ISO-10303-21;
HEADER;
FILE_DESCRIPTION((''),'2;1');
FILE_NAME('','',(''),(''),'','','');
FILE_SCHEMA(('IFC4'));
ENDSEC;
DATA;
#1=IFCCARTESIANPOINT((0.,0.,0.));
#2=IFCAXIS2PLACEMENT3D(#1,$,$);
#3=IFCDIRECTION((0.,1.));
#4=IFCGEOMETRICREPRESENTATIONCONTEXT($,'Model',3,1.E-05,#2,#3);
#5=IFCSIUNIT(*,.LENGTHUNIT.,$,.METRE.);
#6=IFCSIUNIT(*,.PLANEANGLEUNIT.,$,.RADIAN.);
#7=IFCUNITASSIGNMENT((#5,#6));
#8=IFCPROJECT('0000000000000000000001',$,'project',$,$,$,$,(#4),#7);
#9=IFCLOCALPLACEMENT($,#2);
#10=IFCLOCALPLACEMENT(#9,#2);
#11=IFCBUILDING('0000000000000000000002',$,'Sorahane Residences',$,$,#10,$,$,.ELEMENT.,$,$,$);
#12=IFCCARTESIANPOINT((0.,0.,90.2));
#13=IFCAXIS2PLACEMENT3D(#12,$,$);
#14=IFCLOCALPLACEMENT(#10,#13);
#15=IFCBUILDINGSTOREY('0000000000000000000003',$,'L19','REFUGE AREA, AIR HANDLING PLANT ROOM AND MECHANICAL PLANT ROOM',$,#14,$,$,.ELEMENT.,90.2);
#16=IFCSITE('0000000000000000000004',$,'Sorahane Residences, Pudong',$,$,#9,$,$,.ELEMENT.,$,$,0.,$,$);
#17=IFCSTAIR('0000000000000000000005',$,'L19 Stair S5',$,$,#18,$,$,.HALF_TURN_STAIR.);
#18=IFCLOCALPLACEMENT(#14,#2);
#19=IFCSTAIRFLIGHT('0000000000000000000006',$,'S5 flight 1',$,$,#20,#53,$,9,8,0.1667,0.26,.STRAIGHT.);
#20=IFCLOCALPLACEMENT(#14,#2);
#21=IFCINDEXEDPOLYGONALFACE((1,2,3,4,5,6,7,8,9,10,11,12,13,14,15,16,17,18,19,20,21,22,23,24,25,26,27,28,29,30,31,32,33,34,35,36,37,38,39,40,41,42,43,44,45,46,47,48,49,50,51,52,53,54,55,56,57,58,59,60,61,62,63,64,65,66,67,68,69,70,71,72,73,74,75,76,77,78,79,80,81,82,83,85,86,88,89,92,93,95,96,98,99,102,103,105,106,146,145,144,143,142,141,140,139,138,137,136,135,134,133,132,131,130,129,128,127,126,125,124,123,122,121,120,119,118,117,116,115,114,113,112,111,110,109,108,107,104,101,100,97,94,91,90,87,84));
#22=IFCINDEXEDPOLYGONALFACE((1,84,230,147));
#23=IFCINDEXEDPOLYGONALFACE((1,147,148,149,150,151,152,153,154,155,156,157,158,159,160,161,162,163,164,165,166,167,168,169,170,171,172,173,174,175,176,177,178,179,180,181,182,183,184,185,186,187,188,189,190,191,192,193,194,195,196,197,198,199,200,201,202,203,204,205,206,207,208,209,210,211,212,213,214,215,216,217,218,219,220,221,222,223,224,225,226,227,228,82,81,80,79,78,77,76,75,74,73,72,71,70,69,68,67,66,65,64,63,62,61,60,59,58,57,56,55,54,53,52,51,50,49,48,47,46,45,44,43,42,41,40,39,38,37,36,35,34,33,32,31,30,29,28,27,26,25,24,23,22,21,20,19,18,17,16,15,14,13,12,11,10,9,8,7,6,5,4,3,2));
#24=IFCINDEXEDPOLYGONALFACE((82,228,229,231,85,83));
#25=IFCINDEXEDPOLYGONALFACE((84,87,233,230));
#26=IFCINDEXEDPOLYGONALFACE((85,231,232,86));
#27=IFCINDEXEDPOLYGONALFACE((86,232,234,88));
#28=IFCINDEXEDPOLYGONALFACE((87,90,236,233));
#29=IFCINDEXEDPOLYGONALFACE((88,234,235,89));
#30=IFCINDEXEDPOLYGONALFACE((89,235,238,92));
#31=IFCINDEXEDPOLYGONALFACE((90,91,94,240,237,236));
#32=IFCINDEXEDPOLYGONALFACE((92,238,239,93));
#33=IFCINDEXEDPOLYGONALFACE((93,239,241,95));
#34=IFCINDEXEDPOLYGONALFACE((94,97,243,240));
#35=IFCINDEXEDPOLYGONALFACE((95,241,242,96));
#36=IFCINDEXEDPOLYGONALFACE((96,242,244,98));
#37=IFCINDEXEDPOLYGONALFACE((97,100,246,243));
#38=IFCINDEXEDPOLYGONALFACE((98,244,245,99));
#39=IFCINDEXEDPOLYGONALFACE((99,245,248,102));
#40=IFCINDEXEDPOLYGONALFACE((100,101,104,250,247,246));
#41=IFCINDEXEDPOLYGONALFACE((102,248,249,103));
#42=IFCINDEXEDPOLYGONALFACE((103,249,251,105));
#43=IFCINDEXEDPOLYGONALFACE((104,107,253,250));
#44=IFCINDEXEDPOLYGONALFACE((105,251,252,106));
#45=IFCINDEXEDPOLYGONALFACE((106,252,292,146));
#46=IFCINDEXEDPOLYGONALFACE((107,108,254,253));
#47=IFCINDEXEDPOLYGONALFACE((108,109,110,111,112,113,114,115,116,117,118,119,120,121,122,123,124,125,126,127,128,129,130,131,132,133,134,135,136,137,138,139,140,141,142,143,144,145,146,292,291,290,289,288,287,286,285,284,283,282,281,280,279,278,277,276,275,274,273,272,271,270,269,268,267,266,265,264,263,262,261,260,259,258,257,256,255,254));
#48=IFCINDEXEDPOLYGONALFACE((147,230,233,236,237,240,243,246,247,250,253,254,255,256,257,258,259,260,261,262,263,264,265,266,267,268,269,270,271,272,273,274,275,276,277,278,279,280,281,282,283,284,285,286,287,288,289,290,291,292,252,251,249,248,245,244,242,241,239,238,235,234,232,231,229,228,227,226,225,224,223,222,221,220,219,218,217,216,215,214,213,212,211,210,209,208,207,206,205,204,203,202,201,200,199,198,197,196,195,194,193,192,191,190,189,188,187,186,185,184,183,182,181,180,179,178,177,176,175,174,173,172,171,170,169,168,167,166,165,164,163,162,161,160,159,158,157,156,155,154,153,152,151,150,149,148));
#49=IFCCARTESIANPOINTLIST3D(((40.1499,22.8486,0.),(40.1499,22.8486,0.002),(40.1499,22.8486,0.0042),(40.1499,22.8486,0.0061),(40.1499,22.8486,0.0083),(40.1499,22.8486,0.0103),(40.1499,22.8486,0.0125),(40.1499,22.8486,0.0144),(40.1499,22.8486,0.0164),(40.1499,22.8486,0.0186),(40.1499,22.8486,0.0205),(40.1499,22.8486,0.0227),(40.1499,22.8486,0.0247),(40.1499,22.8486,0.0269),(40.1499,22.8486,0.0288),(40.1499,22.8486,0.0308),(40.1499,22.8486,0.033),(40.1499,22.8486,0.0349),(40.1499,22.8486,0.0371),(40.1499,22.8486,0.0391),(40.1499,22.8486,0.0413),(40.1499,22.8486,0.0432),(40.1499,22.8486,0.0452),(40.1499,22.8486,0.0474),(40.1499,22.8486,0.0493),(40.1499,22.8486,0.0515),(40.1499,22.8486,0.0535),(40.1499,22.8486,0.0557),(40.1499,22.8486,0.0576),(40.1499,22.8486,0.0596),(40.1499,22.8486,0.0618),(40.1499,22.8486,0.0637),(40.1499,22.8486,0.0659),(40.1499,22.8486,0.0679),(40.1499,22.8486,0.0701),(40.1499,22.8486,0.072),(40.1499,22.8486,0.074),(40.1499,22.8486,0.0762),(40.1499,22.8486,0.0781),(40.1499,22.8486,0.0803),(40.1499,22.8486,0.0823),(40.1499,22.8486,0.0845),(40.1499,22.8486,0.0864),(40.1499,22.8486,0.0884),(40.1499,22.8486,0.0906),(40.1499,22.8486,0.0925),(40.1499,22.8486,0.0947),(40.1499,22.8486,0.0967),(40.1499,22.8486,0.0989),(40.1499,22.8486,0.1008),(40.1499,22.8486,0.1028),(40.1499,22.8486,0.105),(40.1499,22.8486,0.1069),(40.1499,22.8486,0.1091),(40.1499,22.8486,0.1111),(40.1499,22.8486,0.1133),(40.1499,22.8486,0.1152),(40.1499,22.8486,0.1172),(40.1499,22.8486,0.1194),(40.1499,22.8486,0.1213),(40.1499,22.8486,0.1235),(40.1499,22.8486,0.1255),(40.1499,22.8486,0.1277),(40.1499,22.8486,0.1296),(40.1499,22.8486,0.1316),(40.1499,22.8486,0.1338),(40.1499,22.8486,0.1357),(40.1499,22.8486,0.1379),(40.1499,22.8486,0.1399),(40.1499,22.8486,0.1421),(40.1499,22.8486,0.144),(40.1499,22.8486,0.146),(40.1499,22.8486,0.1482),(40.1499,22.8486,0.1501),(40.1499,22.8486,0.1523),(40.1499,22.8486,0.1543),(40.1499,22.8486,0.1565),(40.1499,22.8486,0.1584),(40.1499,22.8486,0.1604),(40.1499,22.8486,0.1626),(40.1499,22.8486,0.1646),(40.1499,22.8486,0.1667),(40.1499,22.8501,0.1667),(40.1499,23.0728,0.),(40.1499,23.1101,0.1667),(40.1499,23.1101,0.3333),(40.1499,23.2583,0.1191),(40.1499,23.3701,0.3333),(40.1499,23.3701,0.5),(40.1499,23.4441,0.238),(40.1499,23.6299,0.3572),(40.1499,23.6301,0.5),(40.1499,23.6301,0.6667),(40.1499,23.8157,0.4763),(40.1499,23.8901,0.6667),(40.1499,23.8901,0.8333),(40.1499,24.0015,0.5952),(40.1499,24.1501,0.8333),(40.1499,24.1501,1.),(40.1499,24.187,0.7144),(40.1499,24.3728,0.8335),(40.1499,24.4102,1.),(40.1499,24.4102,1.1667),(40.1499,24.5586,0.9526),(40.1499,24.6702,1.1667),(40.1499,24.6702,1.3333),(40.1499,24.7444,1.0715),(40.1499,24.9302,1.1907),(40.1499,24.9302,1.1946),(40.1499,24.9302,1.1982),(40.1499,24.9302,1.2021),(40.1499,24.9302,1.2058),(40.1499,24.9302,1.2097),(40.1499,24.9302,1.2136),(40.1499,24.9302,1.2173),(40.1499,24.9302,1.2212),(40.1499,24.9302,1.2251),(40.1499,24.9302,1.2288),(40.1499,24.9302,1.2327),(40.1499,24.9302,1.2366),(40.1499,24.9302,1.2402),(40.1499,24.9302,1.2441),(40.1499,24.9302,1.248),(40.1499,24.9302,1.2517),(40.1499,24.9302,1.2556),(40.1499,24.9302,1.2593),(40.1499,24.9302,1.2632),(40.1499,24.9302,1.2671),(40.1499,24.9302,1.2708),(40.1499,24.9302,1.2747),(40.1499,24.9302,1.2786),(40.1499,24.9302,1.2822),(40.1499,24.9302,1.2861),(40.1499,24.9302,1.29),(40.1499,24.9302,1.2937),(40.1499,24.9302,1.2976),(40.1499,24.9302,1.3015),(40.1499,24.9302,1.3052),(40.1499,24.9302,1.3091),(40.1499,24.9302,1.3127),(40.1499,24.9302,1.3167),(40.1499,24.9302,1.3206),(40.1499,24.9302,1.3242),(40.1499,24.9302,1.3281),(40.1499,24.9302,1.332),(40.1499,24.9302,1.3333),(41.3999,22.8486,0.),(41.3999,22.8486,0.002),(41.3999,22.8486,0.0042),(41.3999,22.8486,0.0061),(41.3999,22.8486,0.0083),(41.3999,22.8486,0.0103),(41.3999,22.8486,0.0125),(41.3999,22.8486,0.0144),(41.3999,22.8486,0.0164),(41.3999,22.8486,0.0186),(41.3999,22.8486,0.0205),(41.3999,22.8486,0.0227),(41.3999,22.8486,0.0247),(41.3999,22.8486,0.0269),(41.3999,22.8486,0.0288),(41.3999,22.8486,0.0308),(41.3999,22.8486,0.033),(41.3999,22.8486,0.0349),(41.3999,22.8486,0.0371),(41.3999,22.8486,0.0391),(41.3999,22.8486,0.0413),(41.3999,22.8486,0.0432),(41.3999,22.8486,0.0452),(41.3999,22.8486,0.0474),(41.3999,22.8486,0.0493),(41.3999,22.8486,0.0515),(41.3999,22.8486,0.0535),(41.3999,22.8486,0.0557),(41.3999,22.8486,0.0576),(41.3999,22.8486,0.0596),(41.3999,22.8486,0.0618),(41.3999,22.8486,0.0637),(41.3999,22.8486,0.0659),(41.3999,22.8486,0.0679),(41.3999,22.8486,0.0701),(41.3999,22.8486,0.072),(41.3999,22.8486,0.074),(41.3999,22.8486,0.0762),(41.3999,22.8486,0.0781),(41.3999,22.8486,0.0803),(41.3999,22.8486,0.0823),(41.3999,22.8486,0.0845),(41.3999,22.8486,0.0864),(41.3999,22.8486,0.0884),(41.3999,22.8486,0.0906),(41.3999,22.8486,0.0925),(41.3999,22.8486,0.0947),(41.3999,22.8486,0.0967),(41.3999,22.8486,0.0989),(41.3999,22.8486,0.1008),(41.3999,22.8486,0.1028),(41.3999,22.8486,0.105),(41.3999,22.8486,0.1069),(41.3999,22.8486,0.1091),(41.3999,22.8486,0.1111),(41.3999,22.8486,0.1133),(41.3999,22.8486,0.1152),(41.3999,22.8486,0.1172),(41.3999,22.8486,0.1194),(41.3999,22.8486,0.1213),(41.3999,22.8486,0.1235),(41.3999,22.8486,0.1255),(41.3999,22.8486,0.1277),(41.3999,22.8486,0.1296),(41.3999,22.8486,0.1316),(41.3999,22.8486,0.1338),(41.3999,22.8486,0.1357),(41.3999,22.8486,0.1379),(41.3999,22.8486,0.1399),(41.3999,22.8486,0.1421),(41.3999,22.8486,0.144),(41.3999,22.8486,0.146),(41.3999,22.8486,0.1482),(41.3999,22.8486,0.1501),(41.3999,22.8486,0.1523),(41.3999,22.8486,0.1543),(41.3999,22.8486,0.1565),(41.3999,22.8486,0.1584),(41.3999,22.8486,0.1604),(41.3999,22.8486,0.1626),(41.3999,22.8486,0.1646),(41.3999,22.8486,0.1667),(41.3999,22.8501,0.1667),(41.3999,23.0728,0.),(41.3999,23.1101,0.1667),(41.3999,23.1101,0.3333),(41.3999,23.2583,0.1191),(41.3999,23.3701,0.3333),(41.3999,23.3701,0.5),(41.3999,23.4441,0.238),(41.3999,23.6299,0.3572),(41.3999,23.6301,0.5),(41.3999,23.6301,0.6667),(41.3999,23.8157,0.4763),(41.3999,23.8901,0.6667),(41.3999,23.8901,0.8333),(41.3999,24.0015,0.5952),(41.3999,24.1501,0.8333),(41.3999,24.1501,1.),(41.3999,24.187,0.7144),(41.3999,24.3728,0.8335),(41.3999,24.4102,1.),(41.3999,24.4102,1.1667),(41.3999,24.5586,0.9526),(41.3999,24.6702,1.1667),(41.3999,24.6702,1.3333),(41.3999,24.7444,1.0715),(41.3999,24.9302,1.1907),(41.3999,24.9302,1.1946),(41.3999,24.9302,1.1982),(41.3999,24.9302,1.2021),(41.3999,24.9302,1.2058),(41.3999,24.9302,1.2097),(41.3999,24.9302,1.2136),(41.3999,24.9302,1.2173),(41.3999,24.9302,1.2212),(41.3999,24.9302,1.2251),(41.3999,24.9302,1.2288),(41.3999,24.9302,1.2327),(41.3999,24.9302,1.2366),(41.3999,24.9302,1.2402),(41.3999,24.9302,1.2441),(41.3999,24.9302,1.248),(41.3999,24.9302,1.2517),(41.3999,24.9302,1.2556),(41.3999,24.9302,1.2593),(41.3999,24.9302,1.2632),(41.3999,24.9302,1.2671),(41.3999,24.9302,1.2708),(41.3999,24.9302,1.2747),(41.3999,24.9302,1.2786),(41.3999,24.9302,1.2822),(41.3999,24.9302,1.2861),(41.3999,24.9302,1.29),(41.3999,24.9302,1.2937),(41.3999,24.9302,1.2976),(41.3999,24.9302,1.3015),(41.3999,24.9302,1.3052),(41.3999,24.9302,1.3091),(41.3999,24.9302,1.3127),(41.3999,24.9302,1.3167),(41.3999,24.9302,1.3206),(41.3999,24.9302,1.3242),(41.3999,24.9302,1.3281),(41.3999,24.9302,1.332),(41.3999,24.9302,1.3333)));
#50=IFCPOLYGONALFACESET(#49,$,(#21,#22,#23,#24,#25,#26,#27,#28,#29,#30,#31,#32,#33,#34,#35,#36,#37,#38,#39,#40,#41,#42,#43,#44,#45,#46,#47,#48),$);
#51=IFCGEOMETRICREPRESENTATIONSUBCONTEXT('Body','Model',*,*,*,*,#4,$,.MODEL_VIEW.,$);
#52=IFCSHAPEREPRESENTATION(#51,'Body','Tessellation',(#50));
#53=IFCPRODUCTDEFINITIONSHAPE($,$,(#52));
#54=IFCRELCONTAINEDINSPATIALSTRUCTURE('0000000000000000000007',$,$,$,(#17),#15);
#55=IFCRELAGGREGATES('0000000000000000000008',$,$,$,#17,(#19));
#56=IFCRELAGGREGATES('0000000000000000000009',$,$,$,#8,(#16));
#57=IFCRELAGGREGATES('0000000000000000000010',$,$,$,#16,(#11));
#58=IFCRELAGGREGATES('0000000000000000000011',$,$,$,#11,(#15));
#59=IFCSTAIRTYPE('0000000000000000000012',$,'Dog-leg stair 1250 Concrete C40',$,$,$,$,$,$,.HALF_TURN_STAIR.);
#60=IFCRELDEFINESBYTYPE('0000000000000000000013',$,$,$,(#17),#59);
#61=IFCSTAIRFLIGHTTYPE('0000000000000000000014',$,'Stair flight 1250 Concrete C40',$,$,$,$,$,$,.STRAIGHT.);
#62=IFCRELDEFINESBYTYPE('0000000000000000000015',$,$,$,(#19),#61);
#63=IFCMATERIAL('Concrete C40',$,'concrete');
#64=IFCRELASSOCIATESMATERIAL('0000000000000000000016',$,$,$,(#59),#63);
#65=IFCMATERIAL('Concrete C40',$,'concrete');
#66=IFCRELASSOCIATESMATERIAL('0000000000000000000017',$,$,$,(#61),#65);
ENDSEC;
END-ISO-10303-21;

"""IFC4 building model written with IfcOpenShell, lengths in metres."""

from ifc_helpers import new_model, si_unit, direction, frame, origin, place, context, subcontext, project, spatial, polyline, outline, extrude, material, type_object, element, aggregate, save


model = new_model("IFC4")

# Units and contexts
model_context = context("Model", 3, precision=1e-05, world=origin(), true_north=direction((0.0, 1.0)))
body_context = subcontext(model_context, "Body", "Model", "MODEL_VIEW")
ifc_project = project(units=[si_unit("LENGTHUNIT", "METRE"), si_unit("PLANEANGLEUNIT", "RADIAN")], contexts=[model_context])

# Site, building, storey
site_placement = place(None, origin())
site = spatial("IfcSite", under=ifc_project, at=site_placement, Name="Sorahane Residences, Pudong", CompositionType="ELEMENT", RefElevation=0.0)
building_placement = place(site_placement, origin())
building = spatial("IfcBuilding", under=site, at=building_placement, Name="Sorahane Residences", CompositionType="ELEMENT")
storey_placement = place(building_placement, frame((0.0, 0.0, 90.2)))
storey = spatial("IfcBuildingStorey", under=building, at=storey_placement, Name="L19", Description="REFUGE AREA, AIR HANDLING PLANT ROOM AND MECHANICAL PLANT ROOM", CompositionType="ELEMENT", Elevation=90.2)

# Stair, stair flight
ifc_material_1 = material(Name="Concrete C40", Category="concrete")
stair_type = type_object("IfcStairType", Name="Dog-leg stair 1250 Concrete C40", PredefinedType="HALF_TURN_STAIR", material=ifc_material_1)
stair_placement = place(storey_placement, origin())
stair = element("IfcStair", 1, at=stair_placement, inside=storey, type_object=stair_type, Name="L19 Stair S5", PredefinedType="HALF_TURN_STAIR")
ifc_material_2 = material(Name="Concrete C40", Category="concrete")
stair_flight_type = type_object("IfcStairFlightType", Name="Stair flight 1250 Concrete C40", PredefinedType="STRAIGHT", material=ifc_material_2)
stair_flight_1_placement = place(storey_placement, frame((40.7749, 22.8501, 0.0), z_axis=(0.0, 0.0, 1.0), x_axis=(0.0, 1.0, 0.0)))
stair_flight_1 = element("IfcStairFlight", 2, at=stair_flight_1_placement, type_object=stair_flight_type, Name="S5 flight 1", NumberOfRisers=9, NumberOfTreads=8, PredefinedType="STRAIGHT", RiserHeight=0.1667, TreadLength=0.26, context=body_context, shape_type="SweptSolid", body=[
    extrude(outline(polyline([(-0.0015, 0.0), (-0.0015, 0.002), (-0.0015, 0.0042), (-0.0015, 0.0061), (-0.0015, 0.0083), (-0.0015, 0.0103), (-0.0015, 0.0125), (-0.0015, 0.0144), (-0.0015, 0.0164), (-0.0015, 0.0186), (-0.0015, 0.0205), (-0.0015, 0.0227), (-0.0015, 0.0247), (-0.0015, 0.0269), (-0.0015, 0.0288), (-0.0015, 0.0308), (-0.0015, 0.033), (-0.0015, 0.0349), (-0.0015, 0.0371), (-0.0015, 0.0391), (-0.0015, 0.0413), (-0.0015, 0.0432), (-0.0015, 0.0452), (-0.0015, 0.0474), (-0.0015, 0.0493), (-0.0015, 0.0515), (-0.0015, 0.0535), (-0.0015, 0.0557), (-0.0015, 0.0576), (-0.0015, 0.0596), (-0.0015, 0.0618), (-0.0015, 0.0637), (-0.0015, 0.0659), (-0.0015, 0.0679), (-0.0015, 0.0701), (-0.0015, 0.072), (-0.0015, 0.074), (-0.0015, 0.0762), (-0.0015, 0.0781), (-0.0015, 0.0803), (-0.0015, 0.0823), (-0.0015, 0.0845), (-0.0015, 0.0864), (-0.0015, 0.0884), (-0.0015, 0.0906), (-0.0015, 0.0925), (-0.0015, 0.0947), (-0.0015, 0.0967), (-0.0015, 0.0989), (-0.0015, 0.1008), (-0.0015, 0.1028), (-0.0015, 0.105), (-0.0015, 0.1069), (-0.0015, 0.1091), (-0.0015, 0.1111), (-0.0015, 0.1133), (-0.0015, 0.1152), (-0.0015, 0.1172), (-0.0015, 0.1194), (-0.0015, 0.1213), (-0.0015, 0.1235), (-0.0015, 0.1255), (-0.0015, 0.1277), (-0.0015, 0.1296), (-0.0015, 0.1316), (-0.0015, 0.1338), (-0.0015, 0.1357), (-0.0015, 0.1379), (-0.0015, 0.1399), (-0.0015, 0.1421), (-0.0015, 0.144), (-0.0015, 0.146), (-0.0015, 0.1482), (-0.0015, 0.1501), (-0.0015, 0.1523), (-0.0015, 0.1543), (-0.0015, 0.1565), (-0.0015, 0.1584), (-0.0015, 0.1604), (-0.0015, 0.1626), (-0.0015, 0.1646), (-0.0015, 0.1667), (0.0, 0.1667), (0.26, 0.1667), (0.26, 0.3333), (0.52, 0.3333), (0.52, 0.5), (0.78, 0.5), (0.78, 0.6667), (1.04, 0.6667), (1.04, 0.8333), (1.3, 0.8333), (1.3, 1.0), (1.5601, 1.0), (1.5601, 1.1667), (1.8201, 1.1667), (1.8201, 1.3333), (2.0801, 1.3333), (2.0801, 1.5), (2.0801, 1.4961), (2.0801, 1.4924), (2.0801, 1.4885), (2.0801, 1.4846), (2.0801, 1.481), (2.0801, 1.4771), (2.0801, 1.4731), (2.0801, 1.4695), (2.0801, 1.4656), (2.0801, 1.4619), (2.0801, 1.458), (2.0801, 1.4541), (2.0801, 1.4504), (2.0801, 1.4465), (2.0801, 1.4426), (2.0801, 1.439), (2.0801, 1.4351), (2.0801, 1.4312), (2.0801, 1.4275), (2.0801, 1.4236), (2.0801, 1.4197), (2.0801, 1.416), (2.0801, 1.4121), (2.0801, 1.4084), (2.0801, 1.4045), (2.0801, 1.4006), (2.0801, 1.397), (2.0801, 1.3931), (2.0801, 1.3892), (2.0801, 1.3855), (2.0801, 1.3816), (2.0801, 1.3777), (2.0801, 1.374), (2.0801, 1.3701), (2.0801, 1.3662), (2.0801, 1.3625), (2.0801, 1.3586), (2.0801, 1.355), (2.0801, 1.3511), (2.0801, 1.3472), (2.0801, 1.3435), (2.0801, 1.3396), (2.0801, 1.3357), (2.0801, 1.332), (2.0801, 1.3281), (2.0801, 1.3242), (2.0801, 1.3206), (2.0801, 1.3167), (2.0801, 1.3127), (2.0801, 1.3091), (2.0801, 1.3052), (2.0801, 1.3015), (2.0801, 1.2976), (2.0801, 1.2937), (2.0801, 1.29), (2.0801, 1.2861), (2.0801, 1.2822), (2.0801, 1.2786), (2.0801, 1.2747), (2.0801, 1.2708), (2.0801, 1.2671), (2.0801, 1.2632), (2.0801, 1.2593), (2.0801, 1.2556), (2.0801, 1.2517), (2.0801, 1.248), (2.0801, 1.2441), (2.0801, 1.2402), (2.0801, 1.2366), (2.0801, 1.2327), (2.0801, 1.2288), (2.0801, 1.2251), (2.0801, 1.2212), (2.0801, 1.2173), (2.0801, 1.2136), (2.0801, 1.2097), (2.0801, 1.2058), (2.0801, 1.2021), (2.0801, 1.1982), (2.0801, 1.1946), (2.0801, 1.1907), (1.8943, 1.0715), (1.7085, 0.9526), (1.5227, 0.8335), (1.3369, 0.7144), (1.1514, 0.5952), (0.9656, 0.4763), (0.7798, 0.3572), (0.594, 0.238), (0.4082, 0.1191), (0.2227, 0.0), (-0.0015, 0.0)])), frame((0.0, 0.625, 0.0), z_axis=(0.0, -1.0, 0.0), x_axis=(1.0, 0.0, 0.0)), (0.0, 0.0, 1.0), 1.25),
])
aggregate(stair, [stair_flight_1])

save(model, "model.ifc")
